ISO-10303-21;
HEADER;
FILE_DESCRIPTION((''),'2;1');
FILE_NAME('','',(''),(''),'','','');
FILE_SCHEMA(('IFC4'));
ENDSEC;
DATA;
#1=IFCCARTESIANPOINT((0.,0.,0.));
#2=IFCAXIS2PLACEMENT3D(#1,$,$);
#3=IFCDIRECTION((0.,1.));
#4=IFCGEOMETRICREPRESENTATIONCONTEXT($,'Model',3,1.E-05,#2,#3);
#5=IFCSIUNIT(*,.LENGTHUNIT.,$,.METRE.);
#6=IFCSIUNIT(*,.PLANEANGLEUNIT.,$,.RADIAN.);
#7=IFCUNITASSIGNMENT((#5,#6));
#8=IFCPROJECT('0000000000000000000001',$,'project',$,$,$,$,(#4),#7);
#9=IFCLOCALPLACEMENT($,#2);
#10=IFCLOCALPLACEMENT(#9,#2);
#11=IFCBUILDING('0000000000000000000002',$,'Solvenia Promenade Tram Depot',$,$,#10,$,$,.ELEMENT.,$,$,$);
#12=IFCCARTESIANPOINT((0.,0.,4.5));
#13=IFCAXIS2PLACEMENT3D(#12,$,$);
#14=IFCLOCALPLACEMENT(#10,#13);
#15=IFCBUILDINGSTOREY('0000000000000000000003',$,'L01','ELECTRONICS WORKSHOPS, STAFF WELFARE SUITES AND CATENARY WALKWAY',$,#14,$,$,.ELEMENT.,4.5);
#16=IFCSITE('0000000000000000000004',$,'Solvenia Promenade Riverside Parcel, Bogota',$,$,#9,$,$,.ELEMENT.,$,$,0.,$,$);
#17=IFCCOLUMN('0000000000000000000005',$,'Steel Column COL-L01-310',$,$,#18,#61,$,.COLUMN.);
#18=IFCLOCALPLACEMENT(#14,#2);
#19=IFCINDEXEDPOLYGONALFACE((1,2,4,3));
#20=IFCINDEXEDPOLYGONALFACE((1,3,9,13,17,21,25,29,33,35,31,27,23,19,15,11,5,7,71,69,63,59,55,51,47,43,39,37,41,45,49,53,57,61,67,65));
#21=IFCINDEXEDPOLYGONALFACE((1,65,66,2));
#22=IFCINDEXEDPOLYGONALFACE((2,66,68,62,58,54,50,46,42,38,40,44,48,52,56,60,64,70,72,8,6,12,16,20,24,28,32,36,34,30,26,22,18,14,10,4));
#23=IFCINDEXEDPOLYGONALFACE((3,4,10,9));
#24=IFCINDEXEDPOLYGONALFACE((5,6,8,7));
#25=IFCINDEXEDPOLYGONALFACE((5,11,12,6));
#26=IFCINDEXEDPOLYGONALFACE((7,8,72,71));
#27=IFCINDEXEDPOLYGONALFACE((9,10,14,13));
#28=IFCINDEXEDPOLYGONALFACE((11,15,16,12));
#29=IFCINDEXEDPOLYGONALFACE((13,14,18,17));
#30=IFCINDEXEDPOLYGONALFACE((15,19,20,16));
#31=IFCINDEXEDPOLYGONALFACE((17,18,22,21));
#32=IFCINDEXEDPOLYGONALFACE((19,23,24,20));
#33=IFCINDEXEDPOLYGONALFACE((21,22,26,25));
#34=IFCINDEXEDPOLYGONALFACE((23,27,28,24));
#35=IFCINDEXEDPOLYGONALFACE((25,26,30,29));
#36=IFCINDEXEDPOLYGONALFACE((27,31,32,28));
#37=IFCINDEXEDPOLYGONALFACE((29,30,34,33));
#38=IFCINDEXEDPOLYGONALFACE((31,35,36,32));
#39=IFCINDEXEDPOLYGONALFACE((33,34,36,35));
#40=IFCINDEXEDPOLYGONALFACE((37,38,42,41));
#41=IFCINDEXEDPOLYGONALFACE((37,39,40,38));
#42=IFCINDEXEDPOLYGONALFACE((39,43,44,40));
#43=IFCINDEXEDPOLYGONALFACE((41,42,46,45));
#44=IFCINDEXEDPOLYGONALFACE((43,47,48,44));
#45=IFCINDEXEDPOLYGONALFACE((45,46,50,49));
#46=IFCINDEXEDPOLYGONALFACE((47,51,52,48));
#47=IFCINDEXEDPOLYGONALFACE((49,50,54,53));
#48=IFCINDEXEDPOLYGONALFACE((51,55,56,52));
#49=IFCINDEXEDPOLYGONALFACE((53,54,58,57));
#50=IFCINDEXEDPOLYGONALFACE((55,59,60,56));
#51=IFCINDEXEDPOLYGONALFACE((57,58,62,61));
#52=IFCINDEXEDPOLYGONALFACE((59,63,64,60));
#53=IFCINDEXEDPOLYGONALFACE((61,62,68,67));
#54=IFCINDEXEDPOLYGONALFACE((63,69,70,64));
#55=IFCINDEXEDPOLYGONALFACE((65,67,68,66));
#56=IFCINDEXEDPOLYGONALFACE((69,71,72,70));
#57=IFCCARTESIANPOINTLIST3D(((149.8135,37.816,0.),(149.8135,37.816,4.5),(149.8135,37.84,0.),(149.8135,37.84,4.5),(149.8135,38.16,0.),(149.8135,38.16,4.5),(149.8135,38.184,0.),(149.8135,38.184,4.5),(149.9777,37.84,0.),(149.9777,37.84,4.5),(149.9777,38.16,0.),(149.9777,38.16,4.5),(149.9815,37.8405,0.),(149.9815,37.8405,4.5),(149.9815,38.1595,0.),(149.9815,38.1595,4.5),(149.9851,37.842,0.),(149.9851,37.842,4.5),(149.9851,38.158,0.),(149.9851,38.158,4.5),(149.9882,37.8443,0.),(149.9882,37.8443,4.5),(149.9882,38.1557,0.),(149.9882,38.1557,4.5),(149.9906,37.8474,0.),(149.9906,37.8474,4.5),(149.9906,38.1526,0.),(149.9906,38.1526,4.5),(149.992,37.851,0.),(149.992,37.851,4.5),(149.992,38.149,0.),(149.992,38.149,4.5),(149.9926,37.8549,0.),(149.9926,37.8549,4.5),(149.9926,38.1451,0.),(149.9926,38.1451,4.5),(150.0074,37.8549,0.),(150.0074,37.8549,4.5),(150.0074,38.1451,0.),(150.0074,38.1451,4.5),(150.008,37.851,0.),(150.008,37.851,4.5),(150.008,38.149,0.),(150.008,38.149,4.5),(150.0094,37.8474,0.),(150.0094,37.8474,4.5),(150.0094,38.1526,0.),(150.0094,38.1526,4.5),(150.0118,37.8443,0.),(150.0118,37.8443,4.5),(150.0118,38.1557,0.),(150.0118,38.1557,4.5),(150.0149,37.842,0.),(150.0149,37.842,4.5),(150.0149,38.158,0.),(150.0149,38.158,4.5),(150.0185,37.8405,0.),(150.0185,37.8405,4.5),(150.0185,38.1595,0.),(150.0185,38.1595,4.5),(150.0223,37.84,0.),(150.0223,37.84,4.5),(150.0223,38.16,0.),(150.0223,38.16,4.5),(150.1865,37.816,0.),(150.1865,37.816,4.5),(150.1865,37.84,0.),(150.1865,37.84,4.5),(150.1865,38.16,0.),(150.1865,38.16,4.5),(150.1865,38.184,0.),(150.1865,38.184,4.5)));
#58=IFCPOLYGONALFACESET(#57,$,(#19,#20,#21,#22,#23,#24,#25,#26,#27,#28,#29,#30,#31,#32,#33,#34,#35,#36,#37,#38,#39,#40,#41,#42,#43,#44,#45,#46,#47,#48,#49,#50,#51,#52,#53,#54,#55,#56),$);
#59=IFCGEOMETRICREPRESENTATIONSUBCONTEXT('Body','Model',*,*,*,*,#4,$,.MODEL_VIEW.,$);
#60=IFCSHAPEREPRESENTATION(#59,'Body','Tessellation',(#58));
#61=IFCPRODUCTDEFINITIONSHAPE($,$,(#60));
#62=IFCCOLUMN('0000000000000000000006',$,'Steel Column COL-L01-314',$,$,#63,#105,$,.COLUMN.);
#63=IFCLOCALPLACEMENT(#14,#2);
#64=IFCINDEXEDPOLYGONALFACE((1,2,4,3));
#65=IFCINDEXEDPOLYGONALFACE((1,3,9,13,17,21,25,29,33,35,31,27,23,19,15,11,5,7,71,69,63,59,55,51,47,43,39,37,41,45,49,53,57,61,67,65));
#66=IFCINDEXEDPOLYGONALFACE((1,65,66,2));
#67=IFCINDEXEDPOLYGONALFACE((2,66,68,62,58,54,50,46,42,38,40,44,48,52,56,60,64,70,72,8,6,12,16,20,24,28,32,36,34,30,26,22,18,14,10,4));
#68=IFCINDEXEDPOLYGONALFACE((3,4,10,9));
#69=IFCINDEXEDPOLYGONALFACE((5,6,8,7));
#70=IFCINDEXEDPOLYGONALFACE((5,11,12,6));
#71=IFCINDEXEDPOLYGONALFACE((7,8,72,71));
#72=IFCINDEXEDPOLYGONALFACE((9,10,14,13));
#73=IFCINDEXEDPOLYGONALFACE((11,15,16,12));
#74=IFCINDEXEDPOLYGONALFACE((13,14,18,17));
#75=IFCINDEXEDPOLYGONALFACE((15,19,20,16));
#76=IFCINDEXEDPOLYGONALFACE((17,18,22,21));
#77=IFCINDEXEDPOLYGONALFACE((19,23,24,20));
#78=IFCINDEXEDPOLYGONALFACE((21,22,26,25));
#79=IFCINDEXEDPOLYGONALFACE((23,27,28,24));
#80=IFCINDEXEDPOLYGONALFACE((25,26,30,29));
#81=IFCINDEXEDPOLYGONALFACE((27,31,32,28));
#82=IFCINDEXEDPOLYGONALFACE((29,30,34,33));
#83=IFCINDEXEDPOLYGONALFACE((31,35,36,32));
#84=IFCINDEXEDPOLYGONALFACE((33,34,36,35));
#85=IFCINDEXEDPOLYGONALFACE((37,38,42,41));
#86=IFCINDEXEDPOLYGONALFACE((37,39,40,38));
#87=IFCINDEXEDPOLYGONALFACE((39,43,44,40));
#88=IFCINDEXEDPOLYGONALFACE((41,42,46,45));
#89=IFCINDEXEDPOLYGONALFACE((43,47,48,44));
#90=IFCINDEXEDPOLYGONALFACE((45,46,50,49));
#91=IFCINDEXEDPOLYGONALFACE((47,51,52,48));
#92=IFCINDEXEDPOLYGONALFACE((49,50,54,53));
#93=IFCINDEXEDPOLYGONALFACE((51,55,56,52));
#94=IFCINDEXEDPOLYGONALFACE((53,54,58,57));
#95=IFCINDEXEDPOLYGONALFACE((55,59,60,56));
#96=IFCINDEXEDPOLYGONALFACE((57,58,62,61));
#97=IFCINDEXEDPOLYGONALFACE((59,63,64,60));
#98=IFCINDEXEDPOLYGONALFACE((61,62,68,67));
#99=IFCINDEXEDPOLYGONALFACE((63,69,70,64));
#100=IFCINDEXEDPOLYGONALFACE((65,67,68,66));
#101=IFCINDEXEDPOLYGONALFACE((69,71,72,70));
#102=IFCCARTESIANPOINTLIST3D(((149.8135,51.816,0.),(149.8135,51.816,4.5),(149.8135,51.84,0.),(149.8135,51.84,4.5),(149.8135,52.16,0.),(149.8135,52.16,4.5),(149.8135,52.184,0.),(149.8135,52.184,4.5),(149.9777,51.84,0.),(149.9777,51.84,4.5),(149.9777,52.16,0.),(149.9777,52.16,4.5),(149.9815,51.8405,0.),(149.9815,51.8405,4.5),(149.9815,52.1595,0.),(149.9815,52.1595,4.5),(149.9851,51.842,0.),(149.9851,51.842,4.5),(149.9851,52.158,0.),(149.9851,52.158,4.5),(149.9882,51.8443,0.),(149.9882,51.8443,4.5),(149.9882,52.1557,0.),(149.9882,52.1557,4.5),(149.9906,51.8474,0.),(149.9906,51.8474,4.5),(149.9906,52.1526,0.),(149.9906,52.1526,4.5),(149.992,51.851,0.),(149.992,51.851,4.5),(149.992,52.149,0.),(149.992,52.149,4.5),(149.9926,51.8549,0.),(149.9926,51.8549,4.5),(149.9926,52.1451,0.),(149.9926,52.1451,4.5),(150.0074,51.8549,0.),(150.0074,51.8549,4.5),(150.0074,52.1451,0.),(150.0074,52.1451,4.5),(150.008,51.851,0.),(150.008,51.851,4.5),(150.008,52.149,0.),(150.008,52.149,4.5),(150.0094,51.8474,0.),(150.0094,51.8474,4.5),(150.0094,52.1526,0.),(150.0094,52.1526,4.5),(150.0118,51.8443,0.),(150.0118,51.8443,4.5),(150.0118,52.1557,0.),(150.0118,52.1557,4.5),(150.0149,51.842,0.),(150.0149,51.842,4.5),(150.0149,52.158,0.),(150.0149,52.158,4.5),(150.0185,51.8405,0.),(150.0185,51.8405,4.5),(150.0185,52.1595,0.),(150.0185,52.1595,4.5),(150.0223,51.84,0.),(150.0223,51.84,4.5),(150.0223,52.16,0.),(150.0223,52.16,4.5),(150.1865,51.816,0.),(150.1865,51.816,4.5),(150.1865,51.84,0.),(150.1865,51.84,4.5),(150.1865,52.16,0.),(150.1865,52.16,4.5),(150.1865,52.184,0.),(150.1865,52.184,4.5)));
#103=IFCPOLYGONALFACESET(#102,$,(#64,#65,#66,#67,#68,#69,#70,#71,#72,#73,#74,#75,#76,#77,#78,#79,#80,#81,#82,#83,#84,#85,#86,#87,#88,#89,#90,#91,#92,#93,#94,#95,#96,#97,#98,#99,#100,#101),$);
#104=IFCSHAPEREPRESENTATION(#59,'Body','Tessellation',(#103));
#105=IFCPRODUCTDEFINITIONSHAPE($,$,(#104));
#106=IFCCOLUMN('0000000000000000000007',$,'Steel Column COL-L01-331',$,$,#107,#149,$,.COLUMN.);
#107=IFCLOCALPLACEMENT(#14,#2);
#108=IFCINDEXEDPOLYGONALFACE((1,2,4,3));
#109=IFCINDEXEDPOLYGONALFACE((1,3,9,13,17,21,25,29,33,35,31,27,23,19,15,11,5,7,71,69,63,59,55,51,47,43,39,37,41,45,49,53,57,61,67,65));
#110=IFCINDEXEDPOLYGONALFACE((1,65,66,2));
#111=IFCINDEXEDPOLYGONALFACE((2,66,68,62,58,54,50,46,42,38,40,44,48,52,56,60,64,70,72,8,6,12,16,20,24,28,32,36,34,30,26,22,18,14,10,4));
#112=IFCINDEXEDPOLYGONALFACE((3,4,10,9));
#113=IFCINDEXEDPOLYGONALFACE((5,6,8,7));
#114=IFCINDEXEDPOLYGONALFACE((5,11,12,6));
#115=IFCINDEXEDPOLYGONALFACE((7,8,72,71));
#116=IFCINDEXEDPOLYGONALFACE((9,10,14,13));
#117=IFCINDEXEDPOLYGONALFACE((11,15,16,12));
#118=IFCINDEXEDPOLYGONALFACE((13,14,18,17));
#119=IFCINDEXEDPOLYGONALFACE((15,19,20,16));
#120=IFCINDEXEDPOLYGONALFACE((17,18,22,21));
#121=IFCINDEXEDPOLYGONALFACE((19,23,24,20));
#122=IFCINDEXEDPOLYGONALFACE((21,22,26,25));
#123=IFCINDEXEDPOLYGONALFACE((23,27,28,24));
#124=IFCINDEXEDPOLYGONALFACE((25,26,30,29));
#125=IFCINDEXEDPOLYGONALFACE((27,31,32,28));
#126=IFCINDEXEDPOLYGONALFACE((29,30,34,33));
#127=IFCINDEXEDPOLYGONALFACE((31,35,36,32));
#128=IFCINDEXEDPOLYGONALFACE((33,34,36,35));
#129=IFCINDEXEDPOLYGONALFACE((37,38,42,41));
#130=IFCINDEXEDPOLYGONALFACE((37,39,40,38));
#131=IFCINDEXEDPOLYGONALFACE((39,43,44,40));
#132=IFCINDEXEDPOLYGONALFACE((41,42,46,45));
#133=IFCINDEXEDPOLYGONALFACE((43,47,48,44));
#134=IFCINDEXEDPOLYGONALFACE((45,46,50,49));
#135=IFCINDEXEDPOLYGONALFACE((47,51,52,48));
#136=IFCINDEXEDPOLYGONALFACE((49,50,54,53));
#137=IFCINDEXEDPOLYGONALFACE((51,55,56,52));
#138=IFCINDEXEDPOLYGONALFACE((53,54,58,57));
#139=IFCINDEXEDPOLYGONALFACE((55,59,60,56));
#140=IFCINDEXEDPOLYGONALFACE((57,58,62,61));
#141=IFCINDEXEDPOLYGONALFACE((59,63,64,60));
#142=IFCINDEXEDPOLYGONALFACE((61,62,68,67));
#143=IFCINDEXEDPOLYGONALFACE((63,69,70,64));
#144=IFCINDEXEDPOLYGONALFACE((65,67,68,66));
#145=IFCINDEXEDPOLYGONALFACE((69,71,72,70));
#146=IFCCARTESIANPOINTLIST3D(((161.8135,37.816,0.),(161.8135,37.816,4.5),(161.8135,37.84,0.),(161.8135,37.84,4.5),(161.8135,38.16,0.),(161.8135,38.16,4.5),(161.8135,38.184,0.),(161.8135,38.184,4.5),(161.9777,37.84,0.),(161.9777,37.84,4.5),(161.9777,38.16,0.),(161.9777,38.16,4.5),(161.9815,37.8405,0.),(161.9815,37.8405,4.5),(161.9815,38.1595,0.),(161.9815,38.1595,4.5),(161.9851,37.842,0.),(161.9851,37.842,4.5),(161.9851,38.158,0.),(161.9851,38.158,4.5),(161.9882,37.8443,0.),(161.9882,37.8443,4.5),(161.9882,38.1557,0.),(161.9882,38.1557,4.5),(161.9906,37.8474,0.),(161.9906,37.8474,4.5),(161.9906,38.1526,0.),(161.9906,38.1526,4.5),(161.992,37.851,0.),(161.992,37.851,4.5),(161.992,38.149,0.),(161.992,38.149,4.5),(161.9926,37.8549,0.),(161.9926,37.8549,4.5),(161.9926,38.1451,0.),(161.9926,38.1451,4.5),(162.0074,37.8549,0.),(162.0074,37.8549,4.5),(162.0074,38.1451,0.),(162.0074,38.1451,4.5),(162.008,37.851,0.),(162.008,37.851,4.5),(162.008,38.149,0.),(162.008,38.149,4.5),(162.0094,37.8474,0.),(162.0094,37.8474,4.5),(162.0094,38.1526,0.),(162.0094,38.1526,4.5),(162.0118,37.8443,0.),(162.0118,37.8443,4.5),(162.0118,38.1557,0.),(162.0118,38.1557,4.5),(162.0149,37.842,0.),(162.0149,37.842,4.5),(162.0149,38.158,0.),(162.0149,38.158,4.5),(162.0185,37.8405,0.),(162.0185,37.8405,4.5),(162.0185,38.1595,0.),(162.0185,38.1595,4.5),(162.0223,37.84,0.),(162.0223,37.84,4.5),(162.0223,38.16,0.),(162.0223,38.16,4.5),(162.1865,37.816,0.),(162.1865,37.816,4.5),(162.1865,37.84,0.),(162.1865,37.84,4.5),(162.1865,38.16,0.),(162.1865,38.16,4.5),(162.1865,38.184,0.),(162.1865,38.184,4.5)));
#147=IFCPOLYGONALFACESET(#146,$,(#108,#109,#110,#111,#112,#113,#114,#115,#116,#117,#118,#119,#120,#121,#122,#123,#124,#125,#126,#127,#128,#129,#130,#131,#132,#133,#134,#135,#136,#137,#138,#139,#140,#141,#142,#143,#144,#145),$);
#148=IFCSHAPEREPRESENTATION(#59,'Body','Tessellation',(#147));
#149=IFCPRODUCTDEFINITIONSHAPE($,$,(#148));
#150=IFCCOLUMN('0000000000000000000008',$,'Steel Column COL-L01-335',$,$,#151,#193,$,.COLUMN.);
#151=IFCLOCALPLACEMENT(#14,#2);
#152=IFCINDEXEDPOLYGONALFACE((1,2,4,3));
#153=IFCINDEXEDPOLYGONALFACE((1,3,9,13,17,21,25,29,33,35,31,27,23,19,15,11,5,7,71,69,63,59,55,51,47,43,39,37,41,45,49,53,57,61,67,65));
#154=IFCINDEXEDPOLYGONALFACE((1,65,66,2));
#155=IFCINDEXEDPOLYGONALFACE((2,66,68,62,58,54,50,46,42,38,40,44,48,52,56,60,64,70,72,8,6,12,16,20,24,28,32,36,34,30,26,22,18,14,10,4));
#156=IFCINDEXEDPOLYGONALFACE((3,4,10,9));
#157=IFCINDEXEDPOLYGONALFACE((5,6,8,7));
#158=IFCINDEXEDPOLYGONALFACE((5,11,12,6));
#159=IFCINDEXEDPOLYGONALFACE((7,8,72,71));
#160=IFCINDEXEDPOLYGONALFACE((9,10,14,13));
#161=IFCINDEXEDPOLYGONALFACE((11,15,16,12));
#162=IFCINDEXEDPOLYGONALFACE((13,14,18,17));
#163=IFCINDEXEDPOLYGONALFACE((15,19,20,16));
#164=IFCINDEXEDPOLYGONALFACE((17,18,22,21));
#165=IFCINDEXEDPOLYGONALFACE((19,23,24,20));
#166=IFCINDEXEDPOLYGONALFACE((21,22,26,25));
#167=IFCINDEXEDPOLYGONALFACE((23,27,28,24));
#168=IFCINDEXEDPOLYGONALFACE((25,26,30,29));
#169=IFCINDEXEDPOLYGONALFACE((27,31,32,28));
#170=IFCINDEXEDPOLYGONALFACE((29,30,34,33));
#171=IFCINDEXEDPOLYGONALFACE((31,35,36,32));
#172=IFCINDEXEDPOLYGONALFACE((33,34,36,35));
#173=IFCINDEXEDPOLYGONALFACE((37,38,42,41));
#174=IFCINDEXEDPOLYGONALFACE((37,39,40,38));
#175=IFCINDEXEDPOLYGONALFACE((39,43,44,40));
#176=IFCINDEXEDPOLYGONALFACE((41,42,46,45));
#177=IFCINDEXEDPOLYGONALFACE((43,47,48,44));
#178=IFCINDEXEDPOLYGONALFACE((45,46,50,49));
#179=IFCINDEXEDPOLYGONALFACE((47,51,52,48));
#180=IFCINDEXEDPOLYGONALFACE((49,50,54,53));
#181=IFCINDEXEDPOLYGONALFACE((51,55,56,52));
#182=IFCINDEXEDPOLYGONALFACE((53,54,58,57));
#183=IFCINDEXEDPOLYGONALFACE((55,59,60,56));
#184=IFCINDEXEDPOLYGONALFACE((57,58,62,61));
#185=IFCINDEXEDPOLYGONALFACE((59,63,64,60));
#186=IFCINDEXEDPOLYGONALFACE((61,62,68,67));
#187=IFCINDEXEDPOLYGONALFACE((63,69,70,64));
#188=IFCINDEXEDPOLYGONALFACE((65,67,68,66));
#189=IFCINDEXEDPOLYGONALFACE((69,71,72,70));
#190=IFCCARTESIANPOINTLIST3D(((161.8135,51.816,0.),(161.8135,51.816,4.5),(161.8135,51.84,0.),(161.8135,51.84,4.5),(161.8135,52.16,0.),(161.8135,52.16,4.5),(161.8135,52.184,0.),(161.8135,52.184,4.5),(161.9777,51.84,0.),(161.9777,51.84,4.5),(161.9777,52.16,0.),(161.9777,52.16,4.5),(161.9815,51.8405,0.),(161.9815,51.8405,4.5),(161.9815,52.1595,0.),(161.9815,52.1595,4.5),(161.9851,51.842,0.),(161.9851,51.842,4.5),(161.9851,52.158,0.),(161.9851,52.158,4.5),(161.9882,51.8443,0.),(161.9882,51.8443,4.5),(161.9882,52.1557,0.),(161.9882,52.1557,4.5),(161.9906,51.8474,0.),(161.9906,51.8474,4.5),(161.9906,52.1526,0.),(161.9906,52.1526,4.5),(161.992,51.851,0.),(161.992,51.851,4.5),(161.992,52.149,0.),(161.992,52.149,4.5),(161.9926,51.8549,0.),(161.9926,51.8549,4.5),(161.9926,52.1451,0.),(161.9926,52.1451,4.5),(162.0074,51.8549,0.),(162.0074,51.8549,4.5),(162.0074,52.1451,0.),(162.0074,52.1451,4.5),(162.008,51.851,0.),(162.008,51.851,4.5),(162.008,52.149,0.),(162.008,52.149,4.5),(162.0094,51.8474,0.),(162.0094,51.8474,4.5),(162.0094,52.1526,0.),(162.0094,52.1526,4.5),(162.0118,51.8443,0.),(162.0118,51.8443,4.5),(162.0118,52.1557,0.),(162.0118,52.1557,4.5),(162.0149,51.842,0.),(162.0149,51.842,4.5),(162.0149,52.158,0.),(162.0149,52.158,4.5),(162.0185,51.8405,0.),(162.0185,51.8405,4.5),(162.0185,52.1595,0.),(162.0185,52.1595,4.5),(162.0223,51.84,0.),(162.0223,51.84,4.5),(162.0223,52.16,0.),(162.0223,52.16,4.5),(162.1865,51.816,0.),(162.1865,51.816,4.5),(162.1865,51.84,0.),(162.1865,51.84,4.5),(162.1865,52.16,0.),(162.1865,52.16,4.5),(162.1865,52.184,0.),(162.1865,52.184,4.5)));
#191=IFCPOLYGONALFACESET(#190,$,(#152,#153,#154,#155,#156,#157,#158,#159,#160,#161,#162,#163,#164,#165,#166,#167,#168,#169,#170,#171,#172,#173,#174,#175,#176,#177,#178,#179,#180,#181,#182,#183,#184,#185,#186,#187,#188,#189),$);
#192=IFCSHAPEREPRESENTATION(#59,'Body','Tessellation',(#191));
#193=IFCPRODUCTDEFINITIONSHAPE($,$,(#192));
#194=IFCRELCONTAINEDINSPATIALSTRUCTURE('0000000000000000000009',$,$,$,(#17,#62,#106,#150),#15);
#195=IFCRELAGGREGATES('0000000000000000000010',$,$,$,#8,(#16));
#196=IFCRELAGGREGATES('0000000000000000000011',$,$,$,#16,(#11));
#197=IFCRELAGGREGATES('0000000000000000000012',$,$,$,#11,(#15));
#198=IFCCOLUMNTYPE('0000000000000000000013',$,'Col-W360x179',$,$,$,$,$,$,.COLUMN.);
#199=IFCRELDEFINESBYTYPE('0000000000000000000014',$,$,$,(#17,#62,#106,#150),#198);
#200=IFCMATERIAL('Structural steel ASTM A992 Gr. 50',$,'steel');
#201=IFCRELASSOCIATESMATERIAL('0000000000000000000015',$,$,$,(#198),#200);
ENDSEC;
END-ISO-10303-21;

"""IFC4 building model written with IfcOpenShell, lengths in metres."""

from ifc_helpers import new_model, si_unit, direction, frame, origin, origin_2d, place, context, subcontext, project, spatial, i_section, extrude, material, material_profile, profile_set, type_object, element, save


model = new_model("IFC4")

# Units and contexts
model_context = context("Model", 3, precision=1e-05, world=origin(), true_north=direction((0.0, 1.0)))
body_context = subcontext(model_context, "Body", "Model", "MODEL_VIEW")
ifc_project = project(units=[si_unit("LENGTHUNIT", "METRE"), si_unit("PLANEANGLEUNIT", "RADIAN")], contexts=[model_context])

# Site, building, storey
site_placement = place(None, origin())
site = spatial("IfcSite", under=ifc_project, at=site_placement, Name="Solvenia Promenade Riverside Parcel, Bogota", CompositionType="ELEMENT", RefElevation=0.0)
building_placement = place(site_placement, origin())
building = spatial("IfcBuilding", under=site, at=building_placement, Name="Solvenia Promenade Tram Depot", CompositionType="ELEMENT")
storey_placement = place(building_placement, frame((0.0, 0.0, 4.5)))
storey = spatial("IfcBuildingStorey", under=building, at=storey_placement, Name="L01", Description="ELECTRONICS WORKSHOPS, STAFF WELFARE SUITES AND CATENARY WALKWAY", CompositionType="ELEMENT", Elevation=4.5)

# Columns
ifc_material_1 = material(Name="Structural steel ASTM A992 Gr. 50", Category="steel")
ifc_material_profile_1 = material_profile(ifc_material_1, i_section(OverallWidth=0.373, OverallDepth=0.3679, WebThickness=0.0149, FlangeThickness=0.0239, FilletRadius=0.0149, at=origin_2d()), Name="W360x179", Category="steel")
ifc_profile_set_1 = profile_set([ifc_material_profile_1], Name="Structural steel ASTM A992 Gr. 50")
column_type = type_object("IfcColumnType", Name="Col-W360x179", PredefinedType="COLUMN", material=ifc_profile_set_1)
for number, where, z_axis, x_axis, name in (
    (1, (150.0, 38.0, 0.0), (0.0, 0.0, 1.0), (1.0, 0.0, 0.0), "Steel Column COL-L01-310"),
    (2, (150.0, 52.0, 0.0), (0.0, 0.0, 1.0), (1.0, 0.0, 0.0), "Steel Column COL-L01-314"),
    (3, (162.0, 38.0, 0.0), (0.0, 0.0, 1.0), (1.0, 0.0, 0.0), "Steel Column COL-L01-331"),
    (4, (162.0, 52.0, 0.0), (0.0, 0.0, 1.0), (1.0, 0.0, 0.0), "Steel Column COL-L01-335"),
):
    element("IfcColumn", number, at=place(storey_placement, frame(where, z_axis=z_axis, x_axis=x_axis)), inside=storey, type_object=column_type, Name=name, PredefinedType="COLUMN", context=body_context, shape_type="SweptSolid", body=[
        extrude(i_section(OverallWidth=0.373, OverallDepth=0.3679, WebThickness=0.0149, FlangeThickness=0.0239, FilletRadius=0.0149, at=origin_2d()), origin(), (0.0, 0.0, 1.0), 4.5),
    ])

save(model, "model.ifc")
